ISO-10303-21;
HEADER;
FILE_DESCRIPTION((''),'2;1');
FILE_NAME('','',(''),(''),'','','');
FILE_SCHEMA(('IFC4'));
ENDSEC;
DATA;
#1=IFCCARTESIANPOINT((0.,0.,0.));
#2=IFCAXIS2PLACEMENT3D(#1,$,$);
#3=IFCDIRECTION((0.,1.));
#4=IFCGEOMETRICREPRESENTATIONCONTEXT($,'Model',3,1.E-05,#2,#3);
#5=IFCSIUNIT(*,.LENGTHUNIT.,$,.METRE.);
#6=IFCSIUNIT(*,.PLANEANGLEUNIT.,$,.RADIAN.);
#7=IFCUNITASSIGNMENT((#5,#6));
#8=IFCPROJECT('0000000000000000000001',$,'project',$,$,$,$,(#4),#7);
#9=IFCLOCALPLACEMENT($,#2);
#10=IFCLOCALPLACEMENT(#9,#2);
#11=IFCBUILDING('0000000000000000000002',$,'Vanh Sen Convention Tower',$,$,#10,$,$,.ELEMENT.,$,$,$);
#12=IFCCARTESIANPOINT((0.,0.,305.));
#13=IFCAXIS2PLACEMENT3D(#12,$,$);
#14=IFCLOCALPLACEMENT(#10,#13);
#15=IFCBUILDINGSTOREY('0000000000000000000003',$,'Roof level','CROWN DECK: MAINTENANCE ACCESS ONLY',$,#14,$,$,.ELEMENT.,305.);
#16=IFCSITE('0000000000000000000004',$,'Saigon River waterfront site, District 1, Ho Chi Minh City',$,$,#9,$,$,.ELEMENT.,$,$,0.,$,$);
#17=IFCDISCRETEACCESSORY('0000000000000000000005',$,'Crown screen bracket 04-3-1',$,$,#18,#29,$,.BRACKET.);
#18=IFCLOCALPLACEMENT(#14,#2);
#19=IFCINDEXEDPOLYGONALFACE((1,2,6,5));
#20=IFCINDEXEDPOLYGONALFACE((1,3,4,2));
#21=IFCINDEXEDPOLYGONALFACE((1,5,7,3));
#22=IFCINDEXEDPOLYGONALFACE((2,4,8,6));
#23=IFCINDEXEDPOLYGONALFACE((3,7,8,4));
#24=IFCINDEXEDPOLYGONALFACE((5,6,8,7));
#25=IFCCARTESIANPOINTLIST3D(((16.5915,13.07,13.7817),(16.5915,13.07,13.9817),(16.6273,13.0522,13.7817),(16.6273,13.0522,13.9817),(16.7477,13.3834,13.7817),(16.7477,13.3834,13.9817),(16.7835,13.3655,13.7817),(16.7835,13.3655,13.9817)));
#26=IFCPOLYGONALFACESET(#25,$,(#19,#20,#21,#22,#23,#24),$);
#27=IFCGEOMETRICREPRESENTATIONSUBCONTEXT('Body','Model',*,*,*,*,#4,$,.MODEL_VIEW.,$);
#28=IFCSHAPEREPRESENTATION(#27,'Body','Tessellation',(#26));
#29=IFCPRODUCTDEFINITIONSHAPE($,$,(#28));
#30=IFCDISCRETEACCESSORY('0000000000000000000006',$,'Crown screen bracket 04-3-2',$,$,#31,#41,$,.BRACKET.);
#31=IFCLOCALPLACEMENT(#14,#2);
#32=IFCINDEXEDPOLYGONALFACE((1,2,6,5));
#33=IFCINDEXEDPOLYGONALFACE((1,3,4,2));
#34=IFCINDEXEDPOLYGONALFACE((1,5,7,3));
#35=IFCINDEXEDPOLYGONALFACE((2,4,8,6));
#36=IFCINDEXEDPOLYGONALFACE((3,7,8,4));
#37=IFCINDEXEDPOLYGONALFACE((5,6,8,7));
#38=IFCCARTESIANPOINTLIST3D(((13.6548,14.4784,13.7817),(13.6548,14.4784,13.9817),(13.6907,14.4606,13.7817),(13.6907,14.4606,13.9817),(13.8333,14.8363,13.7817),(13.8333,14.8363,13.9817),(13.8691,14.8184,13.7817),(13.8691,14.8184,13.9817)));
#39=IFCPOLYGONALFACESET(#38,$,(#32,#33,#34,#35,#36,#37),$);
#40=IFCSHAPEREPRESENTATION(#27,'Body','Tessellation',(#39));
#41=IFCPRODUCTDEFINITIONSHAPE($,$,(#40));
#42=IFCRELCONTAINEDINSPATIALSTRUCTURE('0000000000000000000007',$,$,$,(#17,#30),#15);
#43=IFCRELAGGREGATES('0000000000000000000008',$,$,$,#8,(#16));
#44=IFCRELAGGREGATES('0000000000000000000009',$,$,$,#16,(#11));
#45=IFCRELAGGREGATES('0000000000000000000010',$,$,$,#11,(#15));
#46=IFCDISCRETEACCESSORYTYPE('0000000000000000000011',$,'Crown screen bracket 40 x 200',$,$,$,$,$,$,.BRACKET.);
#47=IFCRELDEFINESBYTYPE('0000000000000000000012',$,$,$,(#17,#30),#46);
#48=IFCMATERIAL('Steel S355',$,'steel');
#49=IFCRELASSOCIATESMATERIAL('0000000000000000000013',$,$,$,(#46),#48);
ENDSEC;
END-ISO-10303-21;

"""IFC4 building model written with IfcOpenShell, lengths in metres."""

from ifc_helpers import new_model, si_unit, direction, frame, origin, origin_2d, place, context, subcontext, project, spatial, rectangle, extrude, material, type_object, element, save


model = new_model("IFC4")

# Units and contexts
model_context = context("Model", 3, precision=1e-05, world=origin(), true_north=direction((0.0, 1.0)))
body_context = subcontext(model_context, "Body", "Model", "MODEL_VIEW")
ifc_project = project(units=[si_unit("LENGTHUNIT", "METRE"), si_unit("PLANEANGLEUNIT", "RADIAN")], contexts=[model_context])

# Site, building, storey
site_placement = place(None, origin())
site = spatial("IfcSite", under=ifc_project, at=site_placement, Name="Saigon River waterfront site, District 1, Ho Chi Minh City", CompositionType="ELEMENT", RefElevation=0.0)
building_placement = place(site_placement, origin())
building = spatial("IfcBuilding", under=site, at=building_placement, Name="Vanh Sen Convention Tower", CompositionType="ELEMENT")
storey_placement = place(building_placement, frame((0.0, 0.0, 305.0)))
storey = spatial("IfcBuildingStorey", under=building, at=storey_placement, Name="Roof level", Description="CROWN DECK: MAINTENANCE ACCESS ONLY", CompositionType="ELEMENT", Elevation=305.0)

# Discrete accessories
ifc_material_1 = material(Name="Steel S355", Category="steel")
discrete_accessory_type_1 = type_object("IfcDiscreteAccessoryType", Name="Crown screen bracket 40 x 200", PredefinedType="BRACKET", material=ifc_material_1)
discrete_accessory_1_placement = place(storey_placement, frame((16.6875, 13.2178, 13.7817), z_axis=(0.0, 0.0, 1.0), x_axis=(0.446204, 0.894931, 0.0)))
element("IfcDiscreteAccessory", 1, at=discrete_accessory_1_placement, inside=storey, type_object=discrete_accessory_type_1, Name="Crown screen bracket 04-3-1", PredefinedType="BRACKET", context=body_context, shape_type="SweptSolid", body=[
    extrude(rectangle(XDim=0.3501, YDim=0.04, at=origin_2d()), origin(), (0.0, 0.0, 1.0), 0.2),
])
discrete_accessory_2_placement = place(storey_placement, frame((13.762, 14.6484, 13.7817), z_axis=(0.0, 0.0, 1.0), x_axis=(0.446204, 0.894931, 0.0)))
element("IfcDiscreteAccessory", 2, at=discrete_accessory_2_placement, inside=storey, type_object=discrete_accessory_type_1, Name="Crown screen bracket 04-3-2", PredefinedType="BRACKET", context=body_context, shape_type="SweptSolid", body=[
    extrude(rectangle(XDim=0.3999, YDim=0.04, at=origin_2d()), origin(), (0.0, 0.0, 1.0), 0.2),
])

save(model, "model.ifc")
